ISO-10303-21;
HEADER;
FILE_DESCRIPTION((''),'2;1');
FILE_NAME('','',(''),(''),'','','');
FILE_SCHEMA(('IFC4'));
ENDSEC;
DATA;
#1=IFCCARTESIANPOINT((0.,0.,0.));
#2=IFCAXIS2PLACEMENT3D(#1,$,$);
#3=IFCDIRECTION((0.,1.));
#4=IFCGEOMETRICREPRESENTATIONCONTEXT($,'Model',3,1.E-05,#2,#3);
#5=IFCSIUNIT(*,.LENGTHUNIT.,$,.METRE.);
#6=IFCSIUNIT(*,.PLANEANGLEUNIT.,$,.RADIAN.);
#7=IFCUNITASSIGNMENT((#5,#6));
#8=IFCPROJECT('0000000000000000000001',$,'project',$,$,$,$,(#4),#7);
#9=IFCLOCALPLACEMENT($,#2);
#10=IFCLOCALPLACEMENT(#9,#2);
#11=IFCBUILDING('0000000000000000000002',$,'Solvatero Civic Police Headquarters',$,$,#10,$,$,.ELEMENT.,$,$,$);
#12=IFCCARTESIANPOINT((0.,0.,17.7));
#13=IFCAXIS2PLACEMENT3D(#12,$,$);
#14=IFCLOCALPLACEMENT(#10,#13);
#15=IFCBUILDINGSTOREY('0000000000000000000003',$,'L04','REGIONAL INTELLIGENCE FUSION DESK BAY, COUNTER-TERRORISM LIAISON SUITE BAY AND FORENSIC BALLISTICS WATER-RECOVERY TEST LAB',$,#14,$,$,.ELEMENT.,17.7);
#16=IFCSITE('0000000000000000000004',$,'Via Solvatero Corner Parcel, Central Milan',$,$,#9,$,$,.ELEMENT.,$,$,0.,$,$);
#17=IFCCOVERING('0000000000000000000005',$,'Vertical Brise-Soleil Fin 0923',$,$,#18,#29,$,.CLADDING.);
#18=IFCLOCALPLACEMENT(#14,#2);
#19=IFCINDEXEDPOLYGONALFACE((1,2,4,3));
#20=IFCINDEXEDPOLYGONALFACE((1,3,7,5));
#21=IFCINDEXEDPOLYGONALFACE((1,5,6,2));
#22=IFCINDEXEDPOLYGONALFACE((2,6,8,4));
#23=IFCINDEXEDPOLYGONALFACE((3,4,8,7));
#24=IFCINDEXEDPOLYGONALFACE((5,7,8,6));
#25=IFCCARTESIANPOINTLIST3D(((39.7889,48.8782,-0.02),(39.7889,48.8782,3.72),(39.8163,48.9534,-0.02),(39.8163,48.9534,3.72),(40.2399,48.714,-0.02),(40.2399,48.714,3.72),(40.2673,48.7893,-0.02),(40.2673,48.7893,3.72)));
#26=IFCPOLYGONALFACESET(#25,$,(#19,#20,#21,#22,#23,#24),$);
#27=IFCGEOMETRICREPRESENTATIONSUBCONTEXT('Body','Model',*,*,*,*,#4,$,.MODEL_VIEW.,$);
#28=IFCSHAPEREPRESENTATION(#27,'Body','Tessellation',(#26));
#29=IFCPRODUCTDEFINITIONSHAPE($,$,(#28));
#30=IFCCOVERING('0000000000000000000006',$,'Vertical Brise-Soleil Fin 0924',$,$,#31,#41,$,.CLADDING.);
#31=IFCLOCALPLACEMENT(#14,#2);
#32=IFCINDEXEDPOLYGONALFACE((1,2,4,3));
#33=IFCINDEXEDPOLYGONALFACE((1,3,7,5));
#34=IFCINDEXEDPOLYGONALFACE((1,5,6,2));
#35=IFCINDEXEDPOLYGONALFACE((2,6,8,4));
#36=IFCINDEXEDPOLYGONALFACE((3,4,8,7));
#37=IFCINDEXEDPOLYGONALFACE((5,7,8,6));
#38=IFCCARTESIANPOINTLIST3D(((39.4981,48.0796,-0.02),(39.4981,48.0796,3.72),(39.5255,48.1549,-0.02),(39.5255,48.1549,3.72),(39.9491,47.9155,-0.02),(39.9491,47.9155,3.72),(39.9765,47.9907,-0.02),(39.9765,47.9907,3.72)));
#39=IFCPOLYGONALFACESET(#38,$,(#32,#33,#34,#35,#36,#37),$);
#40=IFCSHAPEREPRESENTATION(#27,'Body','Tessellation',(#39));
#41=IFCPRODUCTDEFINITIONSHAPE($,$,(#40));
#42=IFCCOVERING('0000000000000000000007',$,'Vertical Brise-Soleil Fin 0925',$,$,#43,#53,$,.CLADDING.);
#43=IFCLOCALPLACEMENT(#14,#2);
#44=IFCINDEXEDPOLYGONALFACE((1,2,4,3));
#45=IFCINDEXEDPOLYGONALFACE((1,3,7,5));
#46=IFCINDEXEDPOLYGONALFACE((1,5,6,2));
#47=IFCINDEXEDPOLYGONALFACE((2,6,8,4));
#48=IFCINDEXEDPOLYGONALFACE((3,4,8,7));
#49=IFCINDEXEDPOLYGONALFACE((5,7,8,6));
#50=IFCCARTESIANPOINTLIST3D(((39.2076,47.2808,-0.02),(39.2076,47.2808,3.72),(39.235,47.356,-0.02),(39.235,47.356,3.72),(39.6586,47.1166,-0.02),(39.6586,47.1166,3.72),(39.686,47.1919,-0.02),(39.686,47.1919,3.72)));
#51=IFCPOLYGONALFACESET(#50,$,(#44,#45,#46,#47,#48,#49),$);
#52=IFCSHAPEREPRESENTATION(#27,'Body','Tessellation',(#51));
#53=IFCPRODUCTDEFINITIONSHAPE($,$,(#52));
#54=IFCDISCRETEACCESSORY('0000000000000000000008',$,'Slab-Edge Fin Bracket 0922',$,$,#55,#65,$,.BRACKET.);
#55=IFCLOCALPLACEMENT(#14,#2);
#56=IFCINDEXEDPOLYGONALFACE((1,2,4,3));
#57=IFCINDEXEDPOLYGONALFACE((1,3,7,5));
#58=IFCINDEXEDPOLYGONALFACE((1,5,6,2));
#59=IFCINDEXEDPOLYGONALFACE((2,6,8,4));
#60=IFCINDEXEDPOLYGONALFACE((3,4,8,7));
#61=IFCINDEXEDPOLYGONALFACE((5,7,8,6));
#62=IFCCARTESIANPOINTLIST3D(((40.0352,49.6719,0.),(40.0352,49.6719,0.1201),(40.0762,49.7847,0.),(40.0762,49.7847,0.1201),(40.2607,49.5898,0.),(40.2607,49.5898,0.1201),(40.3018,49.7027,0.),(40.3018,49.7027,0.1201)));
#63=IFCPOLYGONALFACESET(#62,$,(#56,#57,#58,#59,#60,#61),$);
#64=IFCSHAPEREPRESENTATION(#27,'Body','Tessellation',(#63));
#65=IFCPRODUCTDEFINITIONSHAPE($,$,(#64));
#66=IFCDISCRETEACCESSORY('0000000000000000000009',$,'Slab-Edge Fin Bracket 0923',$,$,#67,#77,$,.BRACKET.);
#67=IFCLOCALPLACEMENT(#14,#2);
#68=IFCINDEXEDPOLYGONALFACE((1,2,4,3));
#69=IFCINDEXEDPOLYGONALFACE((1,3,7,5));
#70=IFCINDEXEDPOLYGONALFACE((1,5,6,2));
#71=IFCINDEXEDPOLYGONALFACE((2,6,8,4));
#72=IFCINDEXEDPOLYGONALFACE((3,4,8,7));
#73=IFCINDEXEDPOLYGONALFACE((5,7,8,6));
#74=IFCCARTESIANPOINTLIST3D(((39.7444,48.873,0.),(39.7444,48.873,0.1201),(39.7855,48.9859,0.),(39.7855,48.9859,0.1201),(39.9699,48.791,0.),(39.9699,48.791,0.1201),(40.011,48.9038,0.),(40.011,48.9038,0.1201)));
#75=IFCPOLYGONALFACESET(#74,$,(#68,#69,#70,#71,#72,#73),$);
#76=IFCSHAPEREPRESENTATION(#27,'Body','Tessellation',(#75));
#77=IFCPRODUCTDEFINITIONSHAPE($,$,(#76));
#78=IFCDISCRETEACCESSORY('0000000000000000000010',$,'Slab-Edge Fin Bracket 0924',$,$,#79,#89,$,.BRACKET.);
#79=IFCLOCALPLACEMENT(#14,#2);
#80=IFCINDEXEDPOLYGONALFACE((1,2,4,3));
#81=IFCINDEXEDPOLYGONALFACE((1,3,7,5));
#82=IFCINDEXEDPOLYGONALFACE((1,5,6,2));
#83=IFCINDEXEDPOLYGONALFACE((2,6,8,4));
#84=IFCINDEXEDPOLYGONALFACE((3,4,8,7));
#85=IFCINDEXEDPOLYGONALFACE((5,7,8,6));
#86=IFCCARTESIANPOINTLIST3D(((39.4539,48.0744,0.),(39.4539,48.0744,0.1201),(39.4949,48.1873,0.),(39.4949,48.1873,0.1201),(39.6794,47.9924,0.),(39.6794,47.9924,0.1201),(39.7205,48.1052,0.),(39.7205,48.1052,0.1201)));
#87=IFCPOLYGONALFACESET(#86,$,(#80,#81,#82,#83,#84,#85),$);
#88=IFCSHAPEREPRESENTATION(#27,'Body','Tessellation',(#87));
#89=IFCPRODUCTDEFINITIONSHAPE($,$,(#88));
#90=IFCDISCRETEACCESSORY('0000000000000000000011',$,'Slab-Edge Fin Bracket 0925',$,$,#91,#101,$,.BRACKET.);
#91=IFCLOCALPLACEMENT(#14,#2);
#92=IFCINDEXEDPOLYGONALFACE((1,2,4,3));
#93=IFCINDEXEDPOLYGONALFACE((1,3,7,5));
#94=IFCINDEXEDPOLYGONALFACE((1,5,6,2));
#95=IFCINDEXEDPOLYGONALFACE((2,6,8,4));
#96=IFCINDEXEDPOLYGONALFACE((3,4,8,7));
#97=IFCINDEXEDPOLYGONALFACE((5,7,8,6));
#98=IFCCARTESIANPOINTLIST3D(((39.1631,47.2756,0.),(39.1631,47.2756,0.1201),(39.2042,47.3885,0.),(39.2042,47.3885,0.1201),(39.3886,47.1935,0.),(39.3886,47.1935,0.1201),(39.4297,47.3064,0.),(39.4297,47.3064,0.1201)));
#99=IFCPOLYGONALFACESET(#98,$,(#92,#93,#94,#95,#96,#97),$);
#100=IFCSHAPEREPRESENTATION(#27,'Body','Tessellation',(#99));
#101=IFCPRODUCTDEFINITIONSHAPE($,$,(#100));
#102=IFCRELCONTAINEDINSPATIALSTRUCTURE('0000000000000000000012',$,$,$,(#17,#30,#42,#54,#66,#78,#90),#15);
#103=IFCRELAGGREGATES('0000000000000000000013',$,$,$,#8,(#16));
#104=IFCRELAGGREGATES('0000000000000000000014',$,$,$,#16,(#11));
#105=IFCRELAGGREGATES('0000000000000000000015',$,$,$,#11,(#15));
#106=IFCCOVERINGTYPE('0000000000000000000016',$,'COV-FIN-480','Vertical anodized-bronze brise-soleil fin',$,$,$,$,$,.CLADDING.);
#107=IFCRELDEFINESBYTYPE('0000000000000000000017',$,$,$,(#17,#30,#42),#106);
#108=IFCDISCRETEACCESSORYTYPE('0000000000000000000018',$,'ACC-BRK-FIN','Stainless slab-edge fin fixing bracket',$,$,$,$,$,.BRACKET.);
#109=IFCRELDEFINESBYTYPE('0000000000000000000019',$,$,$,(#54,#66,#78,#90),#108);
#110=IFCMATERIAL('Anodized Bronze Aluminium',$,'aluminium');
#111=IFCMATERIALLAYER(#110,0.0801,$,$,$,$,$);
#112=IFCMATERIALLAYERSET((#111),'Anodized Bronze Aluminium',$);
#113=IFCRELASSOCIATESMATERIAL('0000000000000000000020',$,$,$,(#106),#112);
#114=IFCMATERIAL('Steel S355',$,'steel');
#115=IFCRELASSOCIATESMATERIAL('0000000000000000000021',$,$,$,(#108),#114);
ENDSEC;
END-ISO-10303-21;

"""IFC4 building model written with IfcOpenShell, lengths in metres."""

from ifc_helpers import new_model, si_unit, direction, frame, origin, origin_2d, place, context, subcontext, project, spatial, rectangle, extrude, material, layer, layer_set, type_object, element, save


model = new_model("IFC4")

# Units and contexts
model_context = context("Model", 3, precision=1e-05, world=origin(), true_north=direction((0.0, 1.0)))
body_context = subcontext(model_context, "Body", "Model", "MODEL_VIEW")
ifc_project = project(units=[si_unit("LENGTHUNIT", "METRE"), si_unit("PLANEANGLEUNIT", "RADIAN")], contexts=[model_context])

# Site, building, storey
site_placement = place(None, origin())
site = spatial("IfcSite", under=ifc_project, at=site_placement, Name="Via Solvatero Corner Parcel, Central Milan", CompositionType="ELEMENT", RefElevation=0.0)
building_placement = place(site_placement, origin())
building = spatial("IfcBuilding", under=site, at=building_placement, Name="Solvatero Civic Police Headquarters", CompositionType="ELEMENT")
storey_placement = place(building_placement, frame((0.0, 0.0, 17.7)))
storey = spatial("IfcBuildingStorey", under=building, at=storey_placement, Name="L04", Description="REGIONAL INTELLIGENCE FUSION DESK BAY, COUNTER-TERRORISM LIAISON SUITE BAY AND FORENSIC BALLISTICS WATER-RECOVERY TEST LAB", CompositionType="ELEMENT", Elevation=17.7)

# Shared definitions
ifc_material_1 = material(Name="Anodized Bronze Aluminium", Category="aluminium")

# Coverings
ifc_layer_1 = layer(ifc_material_1, 0.0801)
ifc_layer_set_1 = layer_set([ifc_layer_1], Name="Anodized Bronze Aluminium")
covering_type = type_object("IfcCoveringType", Name="COV-FIN-480", Description="Vertical anodized-bronze brise-soleil fin", PredefinedType="CLADDING", material=ifc_layer_set_1)
for number, where, z_axis, x_axis, name in (
    (1, (40.0281, 48.8337, -0.02), (0.0, 0.0, 1.0), (-0.34202, -0.939693, 0.0), "Vertical Brise-Soleil Fin 0923"),
    (2, (39.7373, 48.0352, -0.02), (0.0, 0.0, 1.0), (-0.34202, -0.939693, 0.0), "Vertical Brise-Soleil Fin 0924"),
    (3, (39.4468, 47.2363, -0.02), (0.0, 0.0, 1.0), (-0.34202, -0.939693, 0.0), "Vertical Brise-Soleil Fin 0925"),
):
    element("IfcCovering", number, at=place(storey_placement, frame(where, z_axis=z_axis, x_axis=x_axis)), inside=storey, type_object=covering_type, Name=name, PredefinedType="CLADDING", context=body_context, shape_type="SweptSolid", body=[
        extrude(rectangle(XDim=0.0801, YDim=0.48, at=origin_2d()), origin(), (0.0, 0.0, 1.0), 3.74),
    ])

# Discrete accessories
ifc_material_2 = material(Name="Steel S355", Category="steel")
discrete_accessory_type = type_object("IfcDiscreteAccessoryType", Name="ACC-BRK-FIN", Description="Stainless slab-edge fin fixing bracket", PredefinedType="BRACKET", material=ifc_material_2)
for number, where, z_axis, x_axis, name in (
    (4, (40.1685, 49.6873, 0.0), (0.0, 0.0, 1.0), (-0.34202, -0.939693, 0.0), "Slab-Edge Fin Bracket 0922"),
    (5, (39.8777, 48.8884, 0.0), (0.0, 0.0, 1.0), (-0.34202, -0.939693, 0.0), "Slab-Edge Fin Bracket 0923"),
    (6, (39.5872, 48.0898, 0.0), (0.0, 0.0, 1.0), (-0.34202, -0.939693, 0.0), "Slab-Edge Fin Bracket 0924"),
    (7, (39.2964, 47.291, 0.0), (0.0, 0.0, 1.0), (-0.34202, -0.939693, 0.0), "Slab-Edge Fin Bracket 0925"),
):
    element("IfcDiscreteAccessory", number, at=place(storey_placement, frame(where, z_axis=z_axis, x_axis=x_axis)), inside=storey, type_object=discrete_accessory_type, Name=name, PredefinedType="BRACKET", context=body_context, shape_type="SweptSolid", body=[
        extrude(rectangle(XDim=0.1201, YDim=0.24, at=origin_2d()), origin(), (0.0, 0.0, 1.0), 0.1201),
    ])

save(model, "model.ifc")
